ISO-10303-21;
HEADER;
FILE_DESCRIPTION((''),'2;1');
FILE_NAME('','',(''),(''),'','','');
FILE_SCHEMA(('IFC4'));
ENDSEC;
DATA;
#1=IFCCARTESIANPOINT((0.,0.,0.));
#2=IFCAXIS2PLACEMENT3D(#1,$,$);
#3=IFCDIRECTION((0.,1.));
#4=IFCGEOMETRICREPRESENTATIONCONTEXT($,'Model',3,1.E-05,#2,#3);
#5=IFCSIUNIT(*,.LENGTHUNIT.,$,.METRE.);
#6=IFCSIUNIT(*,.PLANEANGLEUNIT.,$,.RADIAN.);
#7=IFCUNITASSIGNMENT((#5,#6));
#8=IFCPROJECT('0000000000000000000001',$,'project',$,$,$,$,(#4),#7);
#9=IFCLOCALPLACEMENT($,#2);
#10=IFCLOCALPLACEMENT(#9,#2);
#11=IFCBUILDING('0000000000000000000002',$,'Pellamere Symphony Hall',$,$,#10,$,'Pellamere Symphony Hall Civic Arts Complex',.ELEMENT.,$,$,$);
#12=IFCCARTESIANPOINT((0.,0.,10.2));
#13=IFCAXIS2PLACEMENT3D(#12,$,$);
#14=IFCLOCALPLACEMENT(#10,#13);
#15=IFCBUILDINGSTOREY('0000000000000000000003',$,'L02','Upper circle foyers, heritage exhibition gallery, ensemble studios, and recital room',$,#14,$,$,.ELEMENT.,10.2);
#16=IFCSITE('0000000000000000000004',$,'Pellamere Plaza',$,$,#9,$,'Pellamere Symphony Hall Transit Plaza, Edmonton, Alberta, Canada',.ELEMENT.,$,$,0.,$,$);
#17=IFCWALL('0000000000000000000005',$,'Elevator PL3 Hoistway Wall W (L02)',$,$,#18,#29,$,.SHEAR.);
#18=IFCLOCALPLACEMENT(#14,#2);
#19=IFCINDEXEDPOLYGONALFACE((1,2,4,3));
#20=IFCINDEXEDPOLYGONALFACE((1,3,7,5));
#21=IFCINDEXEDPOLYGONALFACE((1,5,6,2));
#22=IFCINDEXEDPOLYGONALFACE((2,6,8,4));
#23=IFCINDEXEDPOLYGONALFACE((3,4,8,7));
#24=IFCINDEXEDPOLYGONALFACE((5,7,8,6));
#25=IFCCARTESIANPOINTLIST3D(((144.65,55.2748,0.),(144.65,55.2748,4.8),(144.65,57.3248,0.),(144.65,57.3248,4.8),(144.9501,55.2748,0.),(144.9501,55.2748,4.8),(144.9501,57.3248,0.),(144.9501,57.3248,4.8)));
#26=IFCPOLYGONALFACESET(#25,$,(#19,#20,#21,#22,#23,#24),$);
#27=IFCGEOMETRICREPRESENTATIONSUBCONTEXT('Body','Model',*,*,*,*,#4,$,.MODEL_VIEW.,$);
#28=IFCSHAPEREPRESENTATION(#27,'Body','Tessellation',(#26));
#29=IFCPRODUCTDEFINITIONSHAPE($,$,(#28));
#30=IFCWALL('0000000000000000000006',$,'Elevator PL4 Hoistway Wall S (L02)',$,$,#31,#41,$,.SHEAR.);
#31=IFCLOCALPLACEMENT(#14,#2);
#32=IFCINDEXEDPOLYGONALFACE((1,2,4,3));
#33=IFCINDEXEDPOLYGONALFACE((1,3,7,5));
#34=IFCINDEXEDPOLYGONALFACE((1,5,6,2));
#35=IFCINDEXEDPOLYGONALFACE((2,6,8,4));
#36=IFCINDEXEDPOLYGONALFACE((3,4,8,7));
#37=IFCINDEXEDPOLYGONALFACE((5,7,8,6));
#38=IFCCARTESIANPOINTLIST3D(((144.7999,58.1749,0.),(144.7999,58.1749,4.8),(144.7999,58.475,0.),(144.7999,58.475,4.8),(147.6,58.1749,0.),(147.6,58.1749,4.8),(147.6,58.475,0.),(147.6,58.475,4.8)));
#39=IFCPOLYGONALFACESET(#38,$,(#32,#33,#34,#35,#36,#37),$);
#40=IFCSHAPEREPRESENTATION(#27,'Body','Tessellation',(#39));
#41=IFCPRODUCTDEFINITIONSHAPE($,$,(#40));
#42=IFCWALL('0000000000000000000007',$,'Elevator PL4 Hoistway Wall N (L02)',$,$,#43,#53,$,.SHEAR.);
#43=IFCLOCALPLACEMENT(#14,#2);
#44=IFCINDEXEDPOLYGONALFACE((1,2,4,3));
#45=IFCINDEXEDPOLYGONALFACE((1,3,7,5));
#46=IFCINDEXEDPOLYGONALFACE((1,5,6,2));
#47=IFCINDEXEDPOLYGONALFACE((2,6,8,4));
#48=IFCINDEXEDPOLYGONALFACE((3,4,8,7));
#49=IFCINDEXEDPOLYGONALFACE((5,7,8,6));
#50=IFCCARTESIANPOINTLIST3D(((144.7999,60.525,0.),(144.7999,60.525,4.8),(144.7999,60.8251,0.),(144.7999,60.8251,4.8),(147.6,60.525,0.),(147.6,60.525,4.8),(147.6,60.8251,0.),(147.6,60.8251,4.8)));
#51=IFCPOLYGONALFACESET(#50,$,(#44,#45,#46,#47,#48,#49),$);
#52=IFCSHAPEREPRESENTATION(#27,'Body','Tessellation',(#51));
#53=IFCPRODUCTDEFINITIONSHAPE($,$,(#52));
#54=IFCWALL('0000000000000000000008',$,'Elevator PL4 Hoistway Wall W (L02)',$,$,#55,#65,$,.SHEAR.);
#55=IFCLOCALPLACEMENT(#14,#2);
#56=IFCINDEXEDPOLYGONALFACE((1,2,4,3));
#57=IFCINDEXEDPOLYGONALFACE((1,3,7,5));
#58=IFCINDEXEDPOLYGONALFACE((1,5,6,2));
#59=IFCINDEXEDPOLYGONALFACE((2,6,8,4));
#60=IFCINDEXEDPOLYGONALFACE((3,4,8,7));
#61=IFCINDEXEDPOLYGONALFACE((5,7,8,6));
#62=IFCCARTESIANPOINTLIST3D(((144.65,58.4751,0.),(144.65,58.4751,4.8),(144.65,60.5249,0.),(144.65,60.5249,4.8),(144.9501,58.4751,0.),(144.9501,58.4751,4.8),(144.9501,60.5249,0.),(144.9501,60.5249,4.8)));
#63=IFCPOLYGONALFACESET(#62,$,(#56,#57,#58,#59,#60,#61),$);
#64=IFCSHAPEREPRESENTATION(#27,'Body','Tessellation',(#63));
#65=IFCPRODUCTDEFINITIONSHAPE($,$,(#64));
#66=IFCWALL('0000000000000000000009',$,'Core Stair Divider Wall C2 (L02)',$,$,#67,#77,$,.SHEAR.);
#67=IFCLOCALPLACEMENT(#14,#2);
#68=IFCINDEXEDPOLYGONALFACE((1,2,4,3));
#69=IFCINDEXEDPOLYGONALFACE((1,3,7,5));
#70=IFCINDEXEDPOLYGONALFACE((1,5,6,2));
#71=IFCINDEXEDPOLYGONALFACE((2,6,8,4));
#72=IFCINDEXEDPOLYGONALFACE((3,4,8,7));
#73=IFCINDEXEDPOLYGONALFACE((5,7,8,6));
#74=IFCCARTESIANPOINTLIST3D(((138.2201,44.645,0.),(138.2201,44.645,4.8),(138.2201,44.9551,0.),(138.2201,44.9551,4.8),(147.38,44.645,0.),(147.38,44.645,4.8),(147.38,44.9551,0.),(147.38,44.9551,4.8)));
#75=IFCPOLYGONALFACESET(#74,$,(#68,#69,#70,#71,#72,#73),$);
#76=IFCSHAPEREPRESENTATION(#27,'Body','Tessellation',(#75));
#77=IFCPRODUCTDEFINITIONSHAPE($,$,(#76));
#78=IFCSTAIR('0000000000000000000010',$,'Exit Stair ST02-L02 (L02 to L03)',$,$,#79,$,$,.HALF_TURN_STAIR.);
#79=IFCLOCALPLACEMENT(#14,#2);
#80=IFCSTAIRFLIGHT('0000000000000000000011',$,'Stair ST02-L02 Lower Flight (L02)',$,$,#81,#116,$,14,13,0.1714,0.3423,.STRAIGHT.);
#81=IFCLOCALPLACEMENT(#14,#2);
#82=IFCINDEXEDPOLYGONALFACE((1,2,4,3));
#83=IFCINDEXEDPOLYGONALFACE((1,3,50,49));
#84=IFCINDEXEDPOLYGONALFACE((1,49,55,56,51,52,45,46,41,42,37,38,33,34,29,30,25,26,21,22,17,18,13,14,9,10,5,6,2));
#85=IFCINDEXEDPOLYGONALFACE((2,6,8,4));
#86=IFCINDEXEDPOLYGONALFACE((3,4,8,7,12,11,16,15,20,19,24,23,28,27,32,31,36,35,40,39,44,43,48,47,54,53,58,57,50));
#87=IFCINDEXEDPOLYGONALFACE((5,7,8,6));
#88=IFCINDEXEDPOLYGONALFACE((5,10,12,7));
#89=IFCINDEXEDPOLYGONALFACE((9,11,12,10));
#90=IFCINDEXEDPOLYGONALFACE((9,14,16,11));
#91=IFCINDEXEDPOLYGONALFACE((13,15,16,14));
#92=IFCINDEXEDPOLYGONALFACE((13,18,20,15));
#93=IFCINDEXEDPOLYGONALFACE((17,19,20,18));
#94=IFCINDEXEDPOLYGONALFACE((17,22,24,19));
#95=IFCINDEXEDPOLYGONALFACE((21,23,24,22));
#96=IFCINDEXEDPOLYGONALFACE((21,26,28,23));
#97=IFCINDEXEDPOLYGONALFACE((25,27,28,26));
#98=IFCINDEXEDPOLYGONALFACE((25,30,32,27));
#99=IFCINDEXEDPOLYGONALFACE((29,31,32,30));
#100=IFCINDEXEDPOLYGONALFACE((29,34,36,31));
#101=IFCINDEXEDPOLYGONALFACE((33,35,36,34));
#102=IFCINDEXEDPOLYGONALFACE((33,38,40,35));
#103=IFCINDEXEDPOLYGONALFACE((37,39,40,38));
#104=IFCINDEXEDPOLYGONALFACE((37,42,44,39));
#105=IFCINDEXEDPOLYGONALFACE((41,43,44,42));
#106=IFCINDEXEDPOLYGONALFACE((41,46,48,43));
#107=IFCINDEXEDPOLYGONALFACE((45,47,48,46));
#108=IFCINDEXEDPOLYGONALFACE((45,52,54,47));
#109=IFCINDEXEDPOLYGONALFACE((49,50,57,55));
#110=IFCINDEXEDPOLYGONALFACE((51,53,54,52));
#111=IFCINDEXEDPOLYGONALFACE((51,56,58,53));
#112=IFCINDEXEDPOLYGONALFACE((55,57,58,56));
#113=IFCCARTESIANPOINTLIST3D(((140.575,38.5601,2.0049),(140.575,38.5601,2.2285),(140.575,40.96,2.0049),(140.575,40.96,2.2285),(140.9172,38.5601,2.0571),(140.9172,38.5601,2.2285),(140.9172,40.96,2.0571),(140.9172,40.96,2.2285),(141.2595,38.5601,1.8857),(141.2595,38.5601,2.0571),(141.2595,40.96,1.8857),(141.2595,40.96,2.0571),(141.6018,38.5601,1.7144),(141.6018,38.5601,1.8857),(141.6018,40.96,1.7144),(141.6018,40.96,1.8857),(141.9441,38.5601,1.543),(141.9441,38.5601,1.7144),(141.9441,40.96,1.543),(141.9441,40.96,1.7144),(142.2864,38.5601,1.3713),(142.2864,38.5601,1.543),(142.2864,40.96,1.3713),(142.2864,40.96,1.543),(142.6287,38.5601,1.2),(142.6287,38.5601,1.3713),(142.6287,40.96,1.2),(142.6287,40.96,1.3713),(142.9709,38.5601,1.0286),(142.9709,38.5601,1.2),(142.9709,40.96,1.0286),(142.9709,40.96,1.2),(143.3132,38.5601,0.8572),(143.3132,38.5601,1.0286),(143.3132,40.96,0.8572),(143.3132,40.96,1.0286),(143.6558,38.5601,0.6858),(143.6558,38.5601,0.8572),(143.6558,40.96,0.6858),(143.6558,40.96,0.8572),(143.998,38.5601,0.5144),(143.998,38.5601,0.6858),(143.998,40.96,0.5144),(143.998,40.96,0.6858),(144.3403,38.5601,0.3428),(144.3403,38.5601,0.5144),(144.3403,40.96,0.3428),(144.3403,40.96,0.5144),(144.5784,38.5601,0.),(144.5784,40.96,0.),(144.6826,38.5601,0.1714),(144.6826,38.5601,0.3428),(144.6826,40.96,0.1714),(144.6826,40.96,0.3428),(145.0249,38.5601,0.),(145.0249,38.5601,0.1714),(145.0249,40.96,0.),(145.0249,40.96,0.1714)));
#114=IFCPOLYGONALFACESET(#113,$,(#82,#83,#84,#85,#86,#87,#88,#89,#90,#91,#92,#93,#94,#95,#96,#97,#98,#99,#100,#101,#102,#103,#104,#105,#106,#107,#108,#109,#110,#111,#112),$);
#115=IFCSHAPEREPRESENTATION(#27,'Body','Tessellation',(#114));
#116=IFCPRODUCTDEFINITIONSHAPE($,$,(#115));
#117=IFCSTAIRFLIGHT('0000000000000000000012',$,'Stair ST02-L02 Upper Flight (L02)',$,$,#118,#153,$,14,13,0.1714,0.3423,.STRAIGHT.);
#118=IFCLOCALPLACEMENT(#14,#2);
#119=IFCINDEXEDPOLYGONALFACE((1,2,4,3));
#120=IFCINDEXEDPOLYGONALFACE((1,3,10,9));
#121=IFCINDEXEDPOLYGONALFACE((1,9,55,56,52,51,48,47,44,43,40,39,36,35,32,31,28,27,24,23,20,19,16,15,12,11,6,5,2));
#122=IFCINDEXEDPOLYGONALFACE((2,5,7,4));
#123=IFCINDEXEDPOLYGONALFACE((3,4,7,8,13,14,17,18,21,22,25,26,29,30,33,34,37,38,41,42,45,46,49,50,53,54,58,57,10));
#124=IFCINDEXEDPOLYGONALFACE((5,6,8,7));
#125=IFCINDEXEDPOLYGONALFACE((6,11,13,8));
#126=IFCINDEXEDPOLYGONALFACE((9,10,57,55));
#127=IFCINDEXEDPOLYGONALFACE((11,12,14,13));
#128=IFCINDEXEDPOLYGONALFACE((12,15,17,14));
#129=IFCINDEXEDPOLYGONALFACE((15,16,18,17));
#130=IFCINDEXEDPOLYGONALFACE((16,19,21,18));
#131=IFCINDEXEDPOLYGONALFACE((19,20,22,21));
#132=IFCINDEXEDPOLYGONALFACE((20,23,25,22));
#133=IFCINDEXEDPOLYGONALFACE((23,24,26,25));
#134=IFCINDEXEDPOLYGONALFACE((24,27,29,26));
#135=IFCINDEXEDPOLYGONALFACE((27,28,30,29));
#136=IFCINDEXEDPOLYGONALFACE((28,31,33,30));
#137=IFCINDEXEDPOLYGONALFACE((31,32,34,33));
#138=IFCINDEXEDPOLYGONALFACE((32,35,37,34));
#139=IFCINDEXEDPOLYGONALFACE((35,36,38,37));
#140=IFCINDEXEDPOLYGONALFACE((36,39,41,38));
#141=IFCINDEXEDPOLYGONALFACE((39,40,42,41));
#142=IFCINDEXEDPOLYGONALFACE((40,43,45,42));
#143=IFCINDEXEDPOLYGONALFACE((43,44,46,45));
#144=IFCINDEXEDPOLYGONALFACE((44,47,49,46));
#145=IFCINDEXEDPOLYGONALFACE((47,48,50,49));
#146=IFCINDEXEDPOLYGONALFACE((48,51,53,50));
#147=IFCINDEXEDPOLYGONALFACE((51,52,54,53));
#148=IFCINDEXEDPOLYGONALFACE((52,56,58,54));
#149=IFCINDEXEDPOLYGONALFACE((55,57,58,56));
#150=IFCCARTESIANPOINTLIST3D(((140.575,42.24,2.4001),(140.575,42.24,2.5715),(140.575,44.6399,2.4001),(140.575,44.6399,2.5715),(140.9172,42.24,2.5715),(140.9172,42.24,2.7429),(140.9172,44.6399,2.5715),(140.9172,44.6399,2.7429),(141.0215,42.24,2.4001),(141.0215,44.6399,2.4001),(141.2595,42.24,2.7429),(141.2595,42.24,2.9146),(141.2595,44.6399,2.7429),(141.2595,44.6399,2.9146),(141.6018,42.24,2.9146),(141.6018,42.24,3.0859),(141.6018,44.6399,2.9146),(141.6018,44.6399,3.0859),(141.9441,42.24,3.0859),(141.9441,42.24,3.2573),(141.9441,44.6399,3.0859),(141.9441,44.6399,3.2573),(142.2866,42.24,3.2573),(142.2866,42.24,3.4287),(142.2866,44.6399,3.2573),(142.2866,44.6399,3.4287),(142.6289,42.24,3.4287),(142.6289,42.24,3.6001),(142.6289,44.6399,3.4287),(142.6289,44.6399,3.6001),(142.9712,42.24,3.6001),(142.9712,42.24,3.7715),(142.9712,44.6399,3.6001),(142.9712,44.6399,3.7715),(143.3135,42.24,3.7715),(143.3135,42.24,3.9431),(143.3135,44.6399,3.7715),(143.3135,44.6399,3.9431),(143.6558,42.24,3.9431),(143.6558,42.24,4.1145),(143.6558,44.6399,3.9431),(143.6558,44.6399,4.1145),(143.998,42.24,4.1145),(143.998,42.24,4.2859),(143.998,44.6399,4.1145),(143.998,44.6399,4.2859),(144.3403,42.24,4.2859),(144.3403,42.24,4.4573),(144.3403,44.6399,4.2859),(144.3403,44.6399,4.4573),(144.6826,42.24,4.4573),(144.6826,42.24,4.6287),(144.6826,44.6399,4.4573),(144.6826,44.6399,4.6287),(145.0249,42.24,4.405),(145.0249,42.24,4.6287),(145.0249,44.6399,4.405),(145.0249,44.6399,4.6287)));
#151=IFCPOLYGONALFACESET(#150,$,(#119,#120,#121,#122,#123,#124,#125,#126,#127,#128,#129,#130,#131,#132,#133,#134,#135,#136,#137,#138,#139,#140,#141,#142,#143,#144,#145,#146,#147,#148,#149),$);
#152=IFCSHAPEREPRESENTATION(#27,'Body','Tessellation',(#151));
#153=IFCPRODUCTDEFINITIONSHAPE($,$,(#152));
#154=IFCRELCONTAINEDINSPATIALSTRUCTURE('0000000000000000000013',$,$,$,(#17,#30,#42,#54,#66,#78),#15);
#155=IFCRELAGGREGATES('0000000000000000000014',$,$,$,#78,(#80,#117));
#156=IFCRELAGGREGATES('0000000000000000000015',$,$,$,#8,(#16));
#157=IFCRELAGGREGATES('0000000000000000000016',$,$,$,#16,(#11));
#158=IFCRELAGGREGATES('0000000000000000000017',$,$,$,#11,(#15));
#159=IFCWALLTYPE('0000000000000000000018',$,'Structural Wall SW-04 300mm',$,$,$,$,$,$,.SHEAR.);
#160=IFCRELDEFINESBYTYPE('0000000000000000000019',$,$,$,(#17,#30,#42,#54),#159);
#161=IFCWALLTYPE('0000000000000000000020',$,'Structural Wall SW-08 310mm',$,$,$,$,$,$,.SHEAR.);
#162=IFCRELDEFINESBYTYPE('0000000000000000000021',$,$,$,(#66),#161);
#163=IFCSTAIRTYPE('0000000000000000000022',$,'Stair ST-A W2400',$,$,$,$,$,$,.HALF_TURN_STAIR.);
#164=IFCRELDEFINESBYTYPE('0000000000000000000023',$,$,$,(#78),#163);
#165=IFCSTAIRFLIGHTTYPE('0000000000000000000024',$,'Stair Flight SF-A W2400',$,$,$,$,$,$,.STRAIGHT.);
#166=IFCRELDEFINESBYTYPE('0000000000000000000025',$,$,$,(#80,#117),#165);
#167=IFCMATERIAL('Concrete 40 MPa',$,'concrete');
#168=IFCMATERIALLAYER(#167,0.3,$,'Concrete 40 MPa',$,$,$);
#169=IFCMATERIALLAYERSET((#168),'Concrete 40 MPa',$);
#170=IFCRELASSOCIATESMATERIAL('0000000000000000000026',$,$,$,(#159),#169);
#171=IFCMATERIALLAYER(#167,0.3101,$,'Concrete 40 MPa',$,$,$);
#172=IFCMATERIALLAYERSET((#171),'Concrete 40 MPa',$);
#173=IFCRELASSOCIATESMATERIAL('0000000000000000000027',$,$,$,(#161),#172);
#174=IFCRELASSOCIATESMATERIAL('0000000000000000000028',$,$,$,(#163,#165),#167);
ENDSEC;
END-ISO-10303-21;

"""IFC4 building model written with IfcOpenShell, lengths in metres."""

from ifc_helpers import new_model, si_unit, direction, frame, frame_2d, origin, place, context, subcontext, project, spatial, polyline, rectangle, outline, extrude, material, layer, layer_set, type_object, element, aggregate, save


model = new_model("IFC4")

# Units and contexts
model_context = context("Model", 3, precision=1e-05, world=origin(), true_north=direction((0.0, 1.0)))
body_context = subcontext(model_context, "Body", "Model", "MODEL_VIEW")
ifc_project = project(units=[si_unit("LENGTHUNIT", "METRE"), si_unit("PLANEANGLEUNIT", "RADIAN")], contexts=[model_context])

# Site, building, storey
site_placement = place(None, origin())
site = spatial("IfcSite", under=ifc_project, at=site_placement, Name="Pellamere Plaza", LongName="Pellamere Symphony Hall Transit Plaza, Edmonton, Alberta, Canada", CompositionType="ELEMENT", RefElevation=0.0)
building_placement = place(site_placement, origin())
building = spatial("IfcBuilding", under=site, at=building_placement, Name="Pellamere Symphony Hall", LongName="Pellamere Symphony Hall Civic Arts Complex", CompositionType="ELEMENT")
storey_placement = place(building_placement, frame((0.0, 0.0, 10.2)))
storey = spatial("IfcBuildingStorey", under=building, at=storey_placement, Name="L02", Description="Upper circle foyers, heritage exhibition gallery, ensemble studios, and recital room", CompositionType="ELEMENT", Elevation=10.2)

# Shared definitions
ifc_material_1 = material(Name="Concrete 40 MPa", Category="concrete")

# Walls
ifc_layer_1 = layer(ifc_material_1, 0.3, Name="Concrete 40 MPa")
ifc_layer_set_1 = layer_set([ifc_layer_1], Name="Concrete 40 MPa")
wall_type_1 = type_object("IfcWallType", Name="Structural Wall SW-04 300mm", PredefinedType="SHEAR", material=ifc_layer_set_1)
wall_1_placement = place(storey_placement, frame((144.8, 55.2749, 0.0), z_axis=(0.0, 0.0, 1.0), x_axis=(0.0, 1.0, 0.0)))
element("IfcWall", 1, at=wall_1_placement, inside=storey, type_object=wall_type_1, Name="Elevator PL3 Hoistway Wall W (L02)", PredefinedType="SHEAR", context=body_context, shape_type="SweptSolid", body=[
    extrude(rectangle(XDim=2.05, YDim=0.3, at=frame_2d((1.0249, 0.0))), origin(), (0.0, 0.0, 1.0), 4.8),
])
for number, where, z_axis, x_axis, name in (
    (2, (144.8, 58.325, 0.0), (0.0, 0.0, 1.0), (1.0, 0.0, 0.0), "Elevator PL4 Hoistway Wall S (L02)"),
    (3, (144.8, 60.675, 0.0), (0.0, 0.0, 1.0), (1.0, 0.0, 0.0), "Elevator PL4 Hoistway Wall N (L02)"),
):
    element("IfcWall", number, at=place(storey_placement, frame(where, z_axis=z_axis, x_axis=x_axis)), inside=storey, type_object=wall_type_1, Name=name, PredefinedType="SHEAR", context=body_context, shape_type="SweptSolid", body=[
        extrude(rectangle(XDim=2.8, YDim=0.3, at=frame_2d((1.3999, 0.0))), origin(), (0.0, 0.0, 1.0), 4.8),
    ])
wall_2_placement = place(storey_placement, frame((144.8, 58.4751, 0.0), z_axis=(0.0, 0.0, 1.0), x_axis=(0.0, 1.0, 0.0)))
element("IfcWall", 4, at=wall_2_placement, inside=storey, type_object=wall_type_1, Name="Elevator PL4 Hoistway Wall W (L02)", PredefinedType="SHEAR", context=body_context, shape_type="SweptSolid", body=[
    extrude(rectangle(XDim=2.0498, YDim=0.3, at=frame_2d((1.0249, 0.0))), origin(), (0.0, 0.0, 1.0), 4.8),
])
ifc_layer_2 = layer(ifc_material_1, 0.3101, Name="Concrete 40 MPa")
ifc_layer_set_2 = layer_set([ifc_layer_2], Name="Concrete 40 MPa")
wall_type_2 = type_object("IfcWallType", Name="Structural Wall SW-08 310mm", PredefinedType="SHEAR", material=ifc_layer_set_2)
wall_3_placement = place(storey_placement, frame((138.22, 44.8, 0.0), z_axis=(0.0, 0.0, 1.0), x_axis=(1.0, 0.0, 0.0)))
element("IfcWall", 5, at=wall_3_placement, inside=storey, type_object=wall_type_2, Name="Core Stair Divider Wall C2 (L02)", PredefinedType="SHEAR", context=body_context, shape_type="SweptSolid", body=[
    extrude(rectangle(XDim=9.1599, YDim=0.3101, at=frame_2d((4.5801, 0.0))), origin(), (0.0, 0.0, 1.0), 4.8),
])

# Stair, stair flights
stair_type = type_object("IfcStairType", Name="Stair ST-A W2400", PredefinedType="HALF_TURN_STAIR", material=ifc_material_1)
stair_placement = place(storey_placement, origin())
stair = element("IfcStair", 6, at=stair_placement, inside=storey, type_object=stair_type, Name="Exit Stair ST02-L02 (L02 to L03)", PredefinedType="HALF_TURN_STAIR")
stair_flight_type = type_object("IfcStairFlightType", Name="Stair Flight SF-A W2400", PredefinedType="STRAIGHT", material=ifc_material_1)
stair_flight_1_placement = place(storey_placement, frame((145.0249, 39.76, 0.0), z_axis=(0.0, 0.0, 1.0), x_axis=(-1.0, 0.0, 0.0)))
stair_flight_1 = element("IfcStairFlight", 7, at=stair_flight_1_placement, type_object=stair_flight_type, Name="Stair ST02-L02 Lower Flight (L02)", NumberOfRisers=14, NumberOfTreads=13, PredefinedType="STRAIGHT", RiserHeight=0.1714, TreadLength=0.3423, context=body_context, shape_type="SweptSolid", body=[
    extrude(outline(polyline([(0.0, 0.0), (0.0, 0.1714), (0.3423, 0.1714), (0.3423, 0.3428), (0.6846, 0.3428), (0.6846, 0.5144), (1.0269, 0.5144), (1.0269, 0.6858), (1.3691, 0.6858), (1.3691, 0.8572), (1.7117, 0.8572), (1.7117, 1.0286), (2.054, 1.0286), (2.054, 1.2), (2.3962, 1.2), (2.3962, 1.3713), (2.7385, 1.3713), (2.7385, 1.543), (3.0808, 1.543), (3.0808, 1.7144), (3.4231, 1.7144), (3.4231, 1.8857), (3.7654, 1.8857), (3.7654, 2.0571), (4.1077, 2.0571), (4.1077, 2.2285), (4.45, 2.2285), (4.45, 2.3999), (4.45, 2.0049), (0.4465, 0.0), (0.0, 0.0)])), frame((0.0, 1.2, 0.0), z_axis=(0.0, -1.0, 0.0), x_axis=(1.0, 0.0, 0.0)), (0.0, 0.0, 1.0), 2.3999),
])
stair_flight_2_placement = place(storey_placement, frame((140.575, 43.4399, 2.4001), z_axis=(0.0, 0.0, 1.0), x_axis=(1.0, 0.0, 0.0)))
stair_flight_2 = element("IfcStairFlight", 8, at=stair_flight_2_placement, type_object=stair_flight_type, Name="Stair ST02-L02 Upper Flight (L02)", NumberOfRisers=14, NumberOfTreads=13, PredefinedType="STRAIGHT", RiserHeight=0.1714, TreadLength=0.3423, context=body_context, shape_type="SweptSolid", body=[
    extrude(outline(polyline([(0.0, 0.0), (0.0, 0.1714), (0.3423, 0.1714), (0.3423, 0.3428), (0.6846, 0.3428), (0.6846, 0.5144), (1.0269, 0.5144), (1.0269, 0.6858), (1.3691, 0.6858), (1.3691, 0.8572), (1.7117, 0.8572), (1.7117, 1.0286), (2.054, 1.0286), (2.054, 1.2), (2.3962, 1.2), (2.3962, 1.3713), (2.7385, 1.3713), (2.7385, 1.543), (3.0808, 1.543), (3.0808, 1.7144), (3.4231, 1.7144), (3.4231, 1.8857), (3.7654, 1.8857), (3.7654, 2.0571), (4.1077, 2.0571), (4.1077, 2.2285), (4.45, 2.2285), (4.45, 2.3999), (4.45, 2.0049), (0.4465, 0.0), (0.0, 0.0)])), frame((0.0, 1.2, 0.0), z_axis=(0.0, -1.0, 0.0), x_axis=(1.0, 0.0, 0.0)), (0.0, 0.0, 1.0), 2.3999),
])
aggregate(stair, [stair_flight_1, stair_flight_2])

save(model, "model.ifc")
